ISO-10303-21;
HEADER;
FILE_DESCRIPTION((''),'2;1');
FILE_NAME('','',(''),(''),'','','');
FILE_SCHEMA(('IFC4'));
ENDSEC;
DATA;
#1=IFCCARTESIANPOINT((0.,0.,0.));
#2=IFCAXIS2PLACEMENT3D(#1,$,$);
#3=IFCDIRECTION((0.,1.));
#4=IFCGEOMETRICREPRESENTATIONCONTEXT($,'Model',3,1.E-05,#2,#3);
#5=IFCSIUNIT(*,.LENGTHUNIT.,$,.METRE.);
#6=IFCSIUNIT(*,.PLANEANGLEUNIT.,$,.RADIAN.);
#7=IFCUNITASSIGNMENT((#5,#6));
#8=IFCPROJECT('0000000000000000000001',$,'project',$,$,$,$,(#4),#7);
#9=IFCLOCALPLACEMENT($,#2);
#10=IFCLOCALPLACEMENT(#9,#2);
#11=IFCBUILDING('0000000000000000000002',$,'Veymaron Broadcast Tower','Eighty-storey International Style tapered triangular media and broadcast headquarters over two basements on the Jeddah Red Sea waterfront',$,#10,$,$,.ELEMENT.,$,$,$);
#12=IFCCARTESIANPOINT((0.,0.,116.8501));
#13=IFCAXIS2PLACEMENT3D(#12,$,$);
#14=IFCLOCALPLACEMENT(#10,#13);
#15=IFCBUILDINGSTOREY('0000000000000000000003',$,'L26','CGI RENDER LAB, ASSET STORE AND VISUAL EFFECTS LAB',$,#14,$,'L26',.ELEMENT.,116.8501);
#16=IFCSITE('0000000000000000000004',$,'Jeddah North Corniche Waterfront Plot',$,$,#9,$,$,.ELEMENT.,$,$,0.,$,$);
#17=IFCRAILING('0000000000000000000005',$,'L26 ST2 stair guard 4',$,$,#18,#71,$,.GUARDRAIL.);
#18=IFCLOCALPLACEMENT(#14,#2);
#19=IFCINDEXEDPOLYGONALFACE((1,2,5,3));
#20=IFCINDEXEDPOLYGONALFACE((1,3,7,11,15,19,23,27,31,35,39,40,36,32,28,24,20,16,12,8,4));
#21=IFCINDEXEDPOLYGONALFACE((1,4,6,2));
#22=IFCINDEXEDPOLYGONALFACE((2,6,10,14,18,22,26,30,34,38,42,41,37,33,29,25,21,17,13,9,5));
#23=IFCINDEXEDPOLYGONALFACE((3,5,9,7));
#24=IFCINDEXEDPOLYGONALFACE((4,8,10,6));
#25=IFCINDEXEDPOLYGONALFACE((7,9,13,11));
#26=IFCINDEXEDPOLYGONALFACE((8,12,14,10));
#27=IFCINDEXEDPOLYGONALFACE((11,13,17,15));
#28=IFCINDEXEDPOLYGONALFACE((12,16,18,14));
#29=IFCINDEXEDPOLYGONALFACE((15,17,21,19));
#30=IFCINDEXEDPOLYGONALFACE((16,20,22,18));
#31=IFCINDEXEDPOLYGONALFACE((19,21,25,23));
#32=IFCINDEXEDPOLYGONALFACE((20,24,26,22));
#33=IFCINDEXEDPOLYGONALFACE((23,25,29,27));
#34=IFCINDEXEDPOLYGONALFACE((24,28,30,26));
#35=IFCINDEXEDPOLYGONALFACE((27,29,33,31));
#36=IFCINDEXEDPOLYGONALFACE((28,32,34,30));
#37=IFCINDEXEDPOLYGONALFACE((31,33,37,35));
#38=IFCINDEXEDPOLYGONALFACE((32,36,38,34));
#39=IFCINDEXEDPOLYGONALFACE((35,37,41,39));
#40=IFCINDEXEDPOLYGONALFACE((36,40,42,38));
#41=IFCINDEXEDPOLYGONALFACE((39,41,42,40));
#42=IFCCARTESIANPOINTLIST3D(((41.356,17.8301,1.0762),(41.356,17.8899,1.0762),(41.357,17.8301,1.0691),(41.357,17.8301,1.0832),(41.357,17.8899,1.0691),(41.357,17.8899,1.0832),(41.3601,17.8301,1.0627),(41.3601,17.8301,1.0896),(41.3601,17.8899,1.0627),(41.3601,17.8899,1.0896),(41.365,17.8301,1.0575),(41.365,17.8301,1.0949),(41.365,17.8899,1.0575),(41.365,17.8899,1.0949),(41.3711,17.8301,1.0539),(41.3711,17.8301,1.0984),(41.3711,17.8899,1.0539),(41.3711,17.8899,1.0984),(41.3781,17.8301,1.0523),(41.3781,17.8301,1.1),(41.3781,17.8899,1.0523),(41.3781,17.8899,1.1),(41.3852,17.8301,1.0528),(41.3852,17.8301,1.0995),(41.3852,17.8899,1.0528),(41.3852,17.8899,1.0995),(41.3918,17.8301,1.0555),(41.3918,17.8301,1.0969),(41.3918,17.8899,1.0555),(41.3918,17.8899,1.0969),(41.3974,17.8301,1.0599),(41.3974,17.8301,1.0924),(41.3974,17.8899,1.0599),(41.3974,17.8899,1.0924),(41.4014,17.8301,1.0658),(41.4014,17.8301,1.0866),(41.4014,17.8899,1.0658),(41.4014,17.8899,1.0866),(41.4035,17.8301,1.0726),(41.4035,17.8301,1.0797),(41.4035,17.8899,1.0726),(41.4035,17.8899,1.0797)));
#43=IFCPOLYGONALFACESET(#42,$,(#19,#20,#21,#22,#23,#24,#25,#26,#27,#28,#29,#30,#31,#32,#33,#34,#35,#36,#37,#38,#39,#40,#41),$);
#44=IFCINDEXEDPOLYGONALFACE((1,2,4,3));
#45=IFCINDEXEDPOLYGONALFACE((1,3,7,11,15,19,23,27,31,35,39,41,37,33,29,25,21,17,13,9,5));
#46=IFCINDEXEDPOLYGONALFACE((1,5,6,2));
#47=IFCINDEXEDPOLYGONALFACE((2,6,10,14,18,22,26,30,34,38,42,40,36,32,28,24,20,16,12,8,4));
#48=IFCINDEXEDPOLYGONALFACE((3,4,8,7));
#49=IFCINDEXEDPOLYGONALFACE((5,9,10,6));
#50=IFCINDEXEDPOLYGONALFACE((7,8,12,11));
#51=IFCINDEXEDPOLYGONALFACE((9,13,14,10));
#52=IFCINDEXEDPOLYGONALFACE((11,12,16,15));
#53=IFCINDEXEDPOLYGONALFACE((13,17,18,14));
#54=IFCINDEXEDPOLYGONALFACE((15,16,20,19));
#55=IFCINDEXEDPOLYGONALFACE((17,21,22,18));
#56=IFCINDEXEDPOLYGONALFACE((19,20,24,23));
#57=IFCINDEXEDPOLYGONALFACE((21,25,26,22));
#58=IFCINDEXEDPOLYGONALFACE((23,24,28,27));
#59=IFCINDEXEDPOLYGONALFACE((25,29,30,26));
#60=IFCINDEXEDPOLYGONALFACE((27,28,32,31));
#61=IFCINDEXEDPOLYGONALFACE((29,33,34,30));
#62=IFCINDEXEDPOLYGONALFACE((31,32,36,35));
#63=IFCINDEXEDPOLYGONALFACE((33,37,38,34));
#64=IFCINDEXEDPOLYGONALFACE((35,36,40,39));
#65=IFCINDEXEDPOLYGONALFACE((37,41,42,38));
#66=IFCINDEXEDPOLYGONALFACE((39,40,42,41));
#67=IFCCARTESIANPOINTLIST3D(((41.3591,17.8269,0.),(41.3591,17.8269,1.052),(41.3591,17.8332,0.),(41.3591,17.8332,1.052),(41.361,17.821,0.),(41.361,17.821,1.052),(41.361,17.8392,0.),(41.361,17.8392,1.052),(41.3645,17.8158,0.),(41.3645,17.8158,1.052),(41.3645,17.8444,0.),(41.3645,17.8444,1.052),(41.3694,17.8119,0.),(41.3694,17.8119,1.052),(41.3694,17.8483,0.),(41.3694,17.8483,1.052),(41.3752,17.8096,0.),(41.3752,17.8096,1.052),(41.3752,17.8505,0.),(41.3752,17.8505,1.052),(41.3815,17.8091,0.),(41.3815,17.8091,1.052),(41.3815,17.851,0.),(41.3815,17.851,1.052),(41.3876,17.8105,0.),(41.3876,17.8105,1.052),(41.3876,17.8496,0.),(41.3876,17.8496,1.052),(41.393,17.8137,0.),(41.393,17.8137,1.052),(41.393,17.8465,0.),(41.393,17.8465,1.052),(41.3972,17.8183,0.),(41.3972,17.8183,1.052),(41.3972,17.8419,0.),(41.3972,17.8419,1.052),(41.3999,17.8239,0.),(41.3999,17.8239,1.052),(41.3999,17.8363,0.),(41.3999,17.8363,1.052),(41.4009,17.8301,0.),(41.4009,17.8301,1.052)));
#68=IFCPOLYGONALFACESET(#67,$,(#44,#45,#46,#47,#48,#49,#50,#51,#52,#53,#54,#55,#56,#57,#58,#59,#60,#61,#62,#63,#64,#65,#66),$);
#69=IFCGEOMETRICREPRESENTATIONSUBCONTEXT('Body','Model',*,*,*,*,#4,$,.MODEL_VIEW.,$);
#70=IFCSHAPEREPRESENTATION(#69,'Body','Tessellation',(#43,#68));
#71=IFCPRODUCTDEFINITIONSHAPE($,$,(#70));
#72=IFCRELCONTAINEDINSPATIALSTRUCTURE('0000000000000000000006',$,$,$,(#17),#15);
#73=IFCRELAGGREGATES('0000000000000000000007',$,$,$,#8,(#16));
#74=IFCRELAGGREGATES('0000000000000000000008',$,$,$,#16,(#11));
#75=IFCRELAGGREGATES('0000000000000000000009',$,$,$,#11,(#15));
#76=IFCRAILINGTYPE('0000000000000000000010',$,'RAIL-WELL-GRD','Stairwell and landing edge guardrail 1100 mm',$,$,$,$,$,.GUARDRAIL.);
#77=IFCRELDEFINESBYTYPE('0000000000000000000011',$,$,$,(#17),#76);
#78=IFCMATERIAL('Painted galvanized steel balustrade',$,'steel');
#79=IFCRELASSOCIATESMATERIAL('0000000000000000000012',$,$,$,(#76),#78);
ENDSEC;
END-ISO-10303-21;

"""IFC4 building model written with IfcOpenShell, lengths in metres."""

from ifc_helpers import new_model, si_unit, direction, frame, origin, origin_2d, place, context, subcontext, project, spatial, circle, extrude, material, type_object, element, save


model = new_model("IFC4")

# Units and contexts
model_context = context("Model", 3, precision=1e-05, world=origin(), true_north=direction((0.0, 1.0)))
body_context = subcontext(model_context, "Body", "Model", "MODEL_VIEW")
ifc_project = project(units=[si_unit("LENGTHUNIT", "METRE"), si_unit("PLANEANGLEUNIT", "RADIAN")], contexts=[model_context])

# Site, building, storey
site_placement = place(None, origin())
site = spatial("IfcSite", under=ifc_project, at=site_placement, Name="Jeddah North Corniche Waterfront Plot", CompositionType="ELEMENT", RefElevation=0.0)
building_placement = place(site_placement, origin())
building = spatial("IfcBuilding", under=site, at=building_placement, Name="Veymaron Broadcast Tower", Description="Eighty-storey International Style tapered triangular media and broadcast headquarters over two basements on the Jeddah Red Sea waterfront", CompositionType="ELEMENT")
storey_placement = place(building_placement, frame((0.0, 0.0, 116.8501)))
storey = spatial("IfcBuildingStorey", under=building, at=storey_placement, Name="L26", Description="CGI RENDER LAB, ASSET STORE AND VISUAL EFFECTS LAB", LongName="L26", CompositionType="ELEMENT", Elevation=116.8501)

# Railing
ifc_material_1 = material(Name="Painted galvanized steel balustrade", Category="steel")
railing_type_1 = type_object("IfcRailingType", Name="RAIL-WELL-GRD", Description="Stairwell and landing edge guardrail 1100 mm", PredefinedType="GUARDRAIL", material=ifc_material_1)
railing_1_placement = place(storey_placement, frame((41.3799, 17.8301, 0.0)))
element("IfcRailing", 1, at=railing_1_placement, inside=storey, type_object=railing_type_1, Name="L26 ST2 stair guard 4", PredefinedType="GUARDRAIL", context=body_context, shape_type="SweptSolid", body=[
    extrude(circle(Radius=0.0239, at=origin_2d()), frame((0.0, 0.0, 1.0762), z_axis=(0.0, 1.0, 0.0), x_axis=(-1.0, 0.0, 0.0)), (0.0, 0.0, 1.0), 0.0598),
    extrude(circle(Radius=0.021, at=origin_2d()), origin(), (0.0, 0.0, 1.0), 1.052),
])

save(model, "model.ifc")
